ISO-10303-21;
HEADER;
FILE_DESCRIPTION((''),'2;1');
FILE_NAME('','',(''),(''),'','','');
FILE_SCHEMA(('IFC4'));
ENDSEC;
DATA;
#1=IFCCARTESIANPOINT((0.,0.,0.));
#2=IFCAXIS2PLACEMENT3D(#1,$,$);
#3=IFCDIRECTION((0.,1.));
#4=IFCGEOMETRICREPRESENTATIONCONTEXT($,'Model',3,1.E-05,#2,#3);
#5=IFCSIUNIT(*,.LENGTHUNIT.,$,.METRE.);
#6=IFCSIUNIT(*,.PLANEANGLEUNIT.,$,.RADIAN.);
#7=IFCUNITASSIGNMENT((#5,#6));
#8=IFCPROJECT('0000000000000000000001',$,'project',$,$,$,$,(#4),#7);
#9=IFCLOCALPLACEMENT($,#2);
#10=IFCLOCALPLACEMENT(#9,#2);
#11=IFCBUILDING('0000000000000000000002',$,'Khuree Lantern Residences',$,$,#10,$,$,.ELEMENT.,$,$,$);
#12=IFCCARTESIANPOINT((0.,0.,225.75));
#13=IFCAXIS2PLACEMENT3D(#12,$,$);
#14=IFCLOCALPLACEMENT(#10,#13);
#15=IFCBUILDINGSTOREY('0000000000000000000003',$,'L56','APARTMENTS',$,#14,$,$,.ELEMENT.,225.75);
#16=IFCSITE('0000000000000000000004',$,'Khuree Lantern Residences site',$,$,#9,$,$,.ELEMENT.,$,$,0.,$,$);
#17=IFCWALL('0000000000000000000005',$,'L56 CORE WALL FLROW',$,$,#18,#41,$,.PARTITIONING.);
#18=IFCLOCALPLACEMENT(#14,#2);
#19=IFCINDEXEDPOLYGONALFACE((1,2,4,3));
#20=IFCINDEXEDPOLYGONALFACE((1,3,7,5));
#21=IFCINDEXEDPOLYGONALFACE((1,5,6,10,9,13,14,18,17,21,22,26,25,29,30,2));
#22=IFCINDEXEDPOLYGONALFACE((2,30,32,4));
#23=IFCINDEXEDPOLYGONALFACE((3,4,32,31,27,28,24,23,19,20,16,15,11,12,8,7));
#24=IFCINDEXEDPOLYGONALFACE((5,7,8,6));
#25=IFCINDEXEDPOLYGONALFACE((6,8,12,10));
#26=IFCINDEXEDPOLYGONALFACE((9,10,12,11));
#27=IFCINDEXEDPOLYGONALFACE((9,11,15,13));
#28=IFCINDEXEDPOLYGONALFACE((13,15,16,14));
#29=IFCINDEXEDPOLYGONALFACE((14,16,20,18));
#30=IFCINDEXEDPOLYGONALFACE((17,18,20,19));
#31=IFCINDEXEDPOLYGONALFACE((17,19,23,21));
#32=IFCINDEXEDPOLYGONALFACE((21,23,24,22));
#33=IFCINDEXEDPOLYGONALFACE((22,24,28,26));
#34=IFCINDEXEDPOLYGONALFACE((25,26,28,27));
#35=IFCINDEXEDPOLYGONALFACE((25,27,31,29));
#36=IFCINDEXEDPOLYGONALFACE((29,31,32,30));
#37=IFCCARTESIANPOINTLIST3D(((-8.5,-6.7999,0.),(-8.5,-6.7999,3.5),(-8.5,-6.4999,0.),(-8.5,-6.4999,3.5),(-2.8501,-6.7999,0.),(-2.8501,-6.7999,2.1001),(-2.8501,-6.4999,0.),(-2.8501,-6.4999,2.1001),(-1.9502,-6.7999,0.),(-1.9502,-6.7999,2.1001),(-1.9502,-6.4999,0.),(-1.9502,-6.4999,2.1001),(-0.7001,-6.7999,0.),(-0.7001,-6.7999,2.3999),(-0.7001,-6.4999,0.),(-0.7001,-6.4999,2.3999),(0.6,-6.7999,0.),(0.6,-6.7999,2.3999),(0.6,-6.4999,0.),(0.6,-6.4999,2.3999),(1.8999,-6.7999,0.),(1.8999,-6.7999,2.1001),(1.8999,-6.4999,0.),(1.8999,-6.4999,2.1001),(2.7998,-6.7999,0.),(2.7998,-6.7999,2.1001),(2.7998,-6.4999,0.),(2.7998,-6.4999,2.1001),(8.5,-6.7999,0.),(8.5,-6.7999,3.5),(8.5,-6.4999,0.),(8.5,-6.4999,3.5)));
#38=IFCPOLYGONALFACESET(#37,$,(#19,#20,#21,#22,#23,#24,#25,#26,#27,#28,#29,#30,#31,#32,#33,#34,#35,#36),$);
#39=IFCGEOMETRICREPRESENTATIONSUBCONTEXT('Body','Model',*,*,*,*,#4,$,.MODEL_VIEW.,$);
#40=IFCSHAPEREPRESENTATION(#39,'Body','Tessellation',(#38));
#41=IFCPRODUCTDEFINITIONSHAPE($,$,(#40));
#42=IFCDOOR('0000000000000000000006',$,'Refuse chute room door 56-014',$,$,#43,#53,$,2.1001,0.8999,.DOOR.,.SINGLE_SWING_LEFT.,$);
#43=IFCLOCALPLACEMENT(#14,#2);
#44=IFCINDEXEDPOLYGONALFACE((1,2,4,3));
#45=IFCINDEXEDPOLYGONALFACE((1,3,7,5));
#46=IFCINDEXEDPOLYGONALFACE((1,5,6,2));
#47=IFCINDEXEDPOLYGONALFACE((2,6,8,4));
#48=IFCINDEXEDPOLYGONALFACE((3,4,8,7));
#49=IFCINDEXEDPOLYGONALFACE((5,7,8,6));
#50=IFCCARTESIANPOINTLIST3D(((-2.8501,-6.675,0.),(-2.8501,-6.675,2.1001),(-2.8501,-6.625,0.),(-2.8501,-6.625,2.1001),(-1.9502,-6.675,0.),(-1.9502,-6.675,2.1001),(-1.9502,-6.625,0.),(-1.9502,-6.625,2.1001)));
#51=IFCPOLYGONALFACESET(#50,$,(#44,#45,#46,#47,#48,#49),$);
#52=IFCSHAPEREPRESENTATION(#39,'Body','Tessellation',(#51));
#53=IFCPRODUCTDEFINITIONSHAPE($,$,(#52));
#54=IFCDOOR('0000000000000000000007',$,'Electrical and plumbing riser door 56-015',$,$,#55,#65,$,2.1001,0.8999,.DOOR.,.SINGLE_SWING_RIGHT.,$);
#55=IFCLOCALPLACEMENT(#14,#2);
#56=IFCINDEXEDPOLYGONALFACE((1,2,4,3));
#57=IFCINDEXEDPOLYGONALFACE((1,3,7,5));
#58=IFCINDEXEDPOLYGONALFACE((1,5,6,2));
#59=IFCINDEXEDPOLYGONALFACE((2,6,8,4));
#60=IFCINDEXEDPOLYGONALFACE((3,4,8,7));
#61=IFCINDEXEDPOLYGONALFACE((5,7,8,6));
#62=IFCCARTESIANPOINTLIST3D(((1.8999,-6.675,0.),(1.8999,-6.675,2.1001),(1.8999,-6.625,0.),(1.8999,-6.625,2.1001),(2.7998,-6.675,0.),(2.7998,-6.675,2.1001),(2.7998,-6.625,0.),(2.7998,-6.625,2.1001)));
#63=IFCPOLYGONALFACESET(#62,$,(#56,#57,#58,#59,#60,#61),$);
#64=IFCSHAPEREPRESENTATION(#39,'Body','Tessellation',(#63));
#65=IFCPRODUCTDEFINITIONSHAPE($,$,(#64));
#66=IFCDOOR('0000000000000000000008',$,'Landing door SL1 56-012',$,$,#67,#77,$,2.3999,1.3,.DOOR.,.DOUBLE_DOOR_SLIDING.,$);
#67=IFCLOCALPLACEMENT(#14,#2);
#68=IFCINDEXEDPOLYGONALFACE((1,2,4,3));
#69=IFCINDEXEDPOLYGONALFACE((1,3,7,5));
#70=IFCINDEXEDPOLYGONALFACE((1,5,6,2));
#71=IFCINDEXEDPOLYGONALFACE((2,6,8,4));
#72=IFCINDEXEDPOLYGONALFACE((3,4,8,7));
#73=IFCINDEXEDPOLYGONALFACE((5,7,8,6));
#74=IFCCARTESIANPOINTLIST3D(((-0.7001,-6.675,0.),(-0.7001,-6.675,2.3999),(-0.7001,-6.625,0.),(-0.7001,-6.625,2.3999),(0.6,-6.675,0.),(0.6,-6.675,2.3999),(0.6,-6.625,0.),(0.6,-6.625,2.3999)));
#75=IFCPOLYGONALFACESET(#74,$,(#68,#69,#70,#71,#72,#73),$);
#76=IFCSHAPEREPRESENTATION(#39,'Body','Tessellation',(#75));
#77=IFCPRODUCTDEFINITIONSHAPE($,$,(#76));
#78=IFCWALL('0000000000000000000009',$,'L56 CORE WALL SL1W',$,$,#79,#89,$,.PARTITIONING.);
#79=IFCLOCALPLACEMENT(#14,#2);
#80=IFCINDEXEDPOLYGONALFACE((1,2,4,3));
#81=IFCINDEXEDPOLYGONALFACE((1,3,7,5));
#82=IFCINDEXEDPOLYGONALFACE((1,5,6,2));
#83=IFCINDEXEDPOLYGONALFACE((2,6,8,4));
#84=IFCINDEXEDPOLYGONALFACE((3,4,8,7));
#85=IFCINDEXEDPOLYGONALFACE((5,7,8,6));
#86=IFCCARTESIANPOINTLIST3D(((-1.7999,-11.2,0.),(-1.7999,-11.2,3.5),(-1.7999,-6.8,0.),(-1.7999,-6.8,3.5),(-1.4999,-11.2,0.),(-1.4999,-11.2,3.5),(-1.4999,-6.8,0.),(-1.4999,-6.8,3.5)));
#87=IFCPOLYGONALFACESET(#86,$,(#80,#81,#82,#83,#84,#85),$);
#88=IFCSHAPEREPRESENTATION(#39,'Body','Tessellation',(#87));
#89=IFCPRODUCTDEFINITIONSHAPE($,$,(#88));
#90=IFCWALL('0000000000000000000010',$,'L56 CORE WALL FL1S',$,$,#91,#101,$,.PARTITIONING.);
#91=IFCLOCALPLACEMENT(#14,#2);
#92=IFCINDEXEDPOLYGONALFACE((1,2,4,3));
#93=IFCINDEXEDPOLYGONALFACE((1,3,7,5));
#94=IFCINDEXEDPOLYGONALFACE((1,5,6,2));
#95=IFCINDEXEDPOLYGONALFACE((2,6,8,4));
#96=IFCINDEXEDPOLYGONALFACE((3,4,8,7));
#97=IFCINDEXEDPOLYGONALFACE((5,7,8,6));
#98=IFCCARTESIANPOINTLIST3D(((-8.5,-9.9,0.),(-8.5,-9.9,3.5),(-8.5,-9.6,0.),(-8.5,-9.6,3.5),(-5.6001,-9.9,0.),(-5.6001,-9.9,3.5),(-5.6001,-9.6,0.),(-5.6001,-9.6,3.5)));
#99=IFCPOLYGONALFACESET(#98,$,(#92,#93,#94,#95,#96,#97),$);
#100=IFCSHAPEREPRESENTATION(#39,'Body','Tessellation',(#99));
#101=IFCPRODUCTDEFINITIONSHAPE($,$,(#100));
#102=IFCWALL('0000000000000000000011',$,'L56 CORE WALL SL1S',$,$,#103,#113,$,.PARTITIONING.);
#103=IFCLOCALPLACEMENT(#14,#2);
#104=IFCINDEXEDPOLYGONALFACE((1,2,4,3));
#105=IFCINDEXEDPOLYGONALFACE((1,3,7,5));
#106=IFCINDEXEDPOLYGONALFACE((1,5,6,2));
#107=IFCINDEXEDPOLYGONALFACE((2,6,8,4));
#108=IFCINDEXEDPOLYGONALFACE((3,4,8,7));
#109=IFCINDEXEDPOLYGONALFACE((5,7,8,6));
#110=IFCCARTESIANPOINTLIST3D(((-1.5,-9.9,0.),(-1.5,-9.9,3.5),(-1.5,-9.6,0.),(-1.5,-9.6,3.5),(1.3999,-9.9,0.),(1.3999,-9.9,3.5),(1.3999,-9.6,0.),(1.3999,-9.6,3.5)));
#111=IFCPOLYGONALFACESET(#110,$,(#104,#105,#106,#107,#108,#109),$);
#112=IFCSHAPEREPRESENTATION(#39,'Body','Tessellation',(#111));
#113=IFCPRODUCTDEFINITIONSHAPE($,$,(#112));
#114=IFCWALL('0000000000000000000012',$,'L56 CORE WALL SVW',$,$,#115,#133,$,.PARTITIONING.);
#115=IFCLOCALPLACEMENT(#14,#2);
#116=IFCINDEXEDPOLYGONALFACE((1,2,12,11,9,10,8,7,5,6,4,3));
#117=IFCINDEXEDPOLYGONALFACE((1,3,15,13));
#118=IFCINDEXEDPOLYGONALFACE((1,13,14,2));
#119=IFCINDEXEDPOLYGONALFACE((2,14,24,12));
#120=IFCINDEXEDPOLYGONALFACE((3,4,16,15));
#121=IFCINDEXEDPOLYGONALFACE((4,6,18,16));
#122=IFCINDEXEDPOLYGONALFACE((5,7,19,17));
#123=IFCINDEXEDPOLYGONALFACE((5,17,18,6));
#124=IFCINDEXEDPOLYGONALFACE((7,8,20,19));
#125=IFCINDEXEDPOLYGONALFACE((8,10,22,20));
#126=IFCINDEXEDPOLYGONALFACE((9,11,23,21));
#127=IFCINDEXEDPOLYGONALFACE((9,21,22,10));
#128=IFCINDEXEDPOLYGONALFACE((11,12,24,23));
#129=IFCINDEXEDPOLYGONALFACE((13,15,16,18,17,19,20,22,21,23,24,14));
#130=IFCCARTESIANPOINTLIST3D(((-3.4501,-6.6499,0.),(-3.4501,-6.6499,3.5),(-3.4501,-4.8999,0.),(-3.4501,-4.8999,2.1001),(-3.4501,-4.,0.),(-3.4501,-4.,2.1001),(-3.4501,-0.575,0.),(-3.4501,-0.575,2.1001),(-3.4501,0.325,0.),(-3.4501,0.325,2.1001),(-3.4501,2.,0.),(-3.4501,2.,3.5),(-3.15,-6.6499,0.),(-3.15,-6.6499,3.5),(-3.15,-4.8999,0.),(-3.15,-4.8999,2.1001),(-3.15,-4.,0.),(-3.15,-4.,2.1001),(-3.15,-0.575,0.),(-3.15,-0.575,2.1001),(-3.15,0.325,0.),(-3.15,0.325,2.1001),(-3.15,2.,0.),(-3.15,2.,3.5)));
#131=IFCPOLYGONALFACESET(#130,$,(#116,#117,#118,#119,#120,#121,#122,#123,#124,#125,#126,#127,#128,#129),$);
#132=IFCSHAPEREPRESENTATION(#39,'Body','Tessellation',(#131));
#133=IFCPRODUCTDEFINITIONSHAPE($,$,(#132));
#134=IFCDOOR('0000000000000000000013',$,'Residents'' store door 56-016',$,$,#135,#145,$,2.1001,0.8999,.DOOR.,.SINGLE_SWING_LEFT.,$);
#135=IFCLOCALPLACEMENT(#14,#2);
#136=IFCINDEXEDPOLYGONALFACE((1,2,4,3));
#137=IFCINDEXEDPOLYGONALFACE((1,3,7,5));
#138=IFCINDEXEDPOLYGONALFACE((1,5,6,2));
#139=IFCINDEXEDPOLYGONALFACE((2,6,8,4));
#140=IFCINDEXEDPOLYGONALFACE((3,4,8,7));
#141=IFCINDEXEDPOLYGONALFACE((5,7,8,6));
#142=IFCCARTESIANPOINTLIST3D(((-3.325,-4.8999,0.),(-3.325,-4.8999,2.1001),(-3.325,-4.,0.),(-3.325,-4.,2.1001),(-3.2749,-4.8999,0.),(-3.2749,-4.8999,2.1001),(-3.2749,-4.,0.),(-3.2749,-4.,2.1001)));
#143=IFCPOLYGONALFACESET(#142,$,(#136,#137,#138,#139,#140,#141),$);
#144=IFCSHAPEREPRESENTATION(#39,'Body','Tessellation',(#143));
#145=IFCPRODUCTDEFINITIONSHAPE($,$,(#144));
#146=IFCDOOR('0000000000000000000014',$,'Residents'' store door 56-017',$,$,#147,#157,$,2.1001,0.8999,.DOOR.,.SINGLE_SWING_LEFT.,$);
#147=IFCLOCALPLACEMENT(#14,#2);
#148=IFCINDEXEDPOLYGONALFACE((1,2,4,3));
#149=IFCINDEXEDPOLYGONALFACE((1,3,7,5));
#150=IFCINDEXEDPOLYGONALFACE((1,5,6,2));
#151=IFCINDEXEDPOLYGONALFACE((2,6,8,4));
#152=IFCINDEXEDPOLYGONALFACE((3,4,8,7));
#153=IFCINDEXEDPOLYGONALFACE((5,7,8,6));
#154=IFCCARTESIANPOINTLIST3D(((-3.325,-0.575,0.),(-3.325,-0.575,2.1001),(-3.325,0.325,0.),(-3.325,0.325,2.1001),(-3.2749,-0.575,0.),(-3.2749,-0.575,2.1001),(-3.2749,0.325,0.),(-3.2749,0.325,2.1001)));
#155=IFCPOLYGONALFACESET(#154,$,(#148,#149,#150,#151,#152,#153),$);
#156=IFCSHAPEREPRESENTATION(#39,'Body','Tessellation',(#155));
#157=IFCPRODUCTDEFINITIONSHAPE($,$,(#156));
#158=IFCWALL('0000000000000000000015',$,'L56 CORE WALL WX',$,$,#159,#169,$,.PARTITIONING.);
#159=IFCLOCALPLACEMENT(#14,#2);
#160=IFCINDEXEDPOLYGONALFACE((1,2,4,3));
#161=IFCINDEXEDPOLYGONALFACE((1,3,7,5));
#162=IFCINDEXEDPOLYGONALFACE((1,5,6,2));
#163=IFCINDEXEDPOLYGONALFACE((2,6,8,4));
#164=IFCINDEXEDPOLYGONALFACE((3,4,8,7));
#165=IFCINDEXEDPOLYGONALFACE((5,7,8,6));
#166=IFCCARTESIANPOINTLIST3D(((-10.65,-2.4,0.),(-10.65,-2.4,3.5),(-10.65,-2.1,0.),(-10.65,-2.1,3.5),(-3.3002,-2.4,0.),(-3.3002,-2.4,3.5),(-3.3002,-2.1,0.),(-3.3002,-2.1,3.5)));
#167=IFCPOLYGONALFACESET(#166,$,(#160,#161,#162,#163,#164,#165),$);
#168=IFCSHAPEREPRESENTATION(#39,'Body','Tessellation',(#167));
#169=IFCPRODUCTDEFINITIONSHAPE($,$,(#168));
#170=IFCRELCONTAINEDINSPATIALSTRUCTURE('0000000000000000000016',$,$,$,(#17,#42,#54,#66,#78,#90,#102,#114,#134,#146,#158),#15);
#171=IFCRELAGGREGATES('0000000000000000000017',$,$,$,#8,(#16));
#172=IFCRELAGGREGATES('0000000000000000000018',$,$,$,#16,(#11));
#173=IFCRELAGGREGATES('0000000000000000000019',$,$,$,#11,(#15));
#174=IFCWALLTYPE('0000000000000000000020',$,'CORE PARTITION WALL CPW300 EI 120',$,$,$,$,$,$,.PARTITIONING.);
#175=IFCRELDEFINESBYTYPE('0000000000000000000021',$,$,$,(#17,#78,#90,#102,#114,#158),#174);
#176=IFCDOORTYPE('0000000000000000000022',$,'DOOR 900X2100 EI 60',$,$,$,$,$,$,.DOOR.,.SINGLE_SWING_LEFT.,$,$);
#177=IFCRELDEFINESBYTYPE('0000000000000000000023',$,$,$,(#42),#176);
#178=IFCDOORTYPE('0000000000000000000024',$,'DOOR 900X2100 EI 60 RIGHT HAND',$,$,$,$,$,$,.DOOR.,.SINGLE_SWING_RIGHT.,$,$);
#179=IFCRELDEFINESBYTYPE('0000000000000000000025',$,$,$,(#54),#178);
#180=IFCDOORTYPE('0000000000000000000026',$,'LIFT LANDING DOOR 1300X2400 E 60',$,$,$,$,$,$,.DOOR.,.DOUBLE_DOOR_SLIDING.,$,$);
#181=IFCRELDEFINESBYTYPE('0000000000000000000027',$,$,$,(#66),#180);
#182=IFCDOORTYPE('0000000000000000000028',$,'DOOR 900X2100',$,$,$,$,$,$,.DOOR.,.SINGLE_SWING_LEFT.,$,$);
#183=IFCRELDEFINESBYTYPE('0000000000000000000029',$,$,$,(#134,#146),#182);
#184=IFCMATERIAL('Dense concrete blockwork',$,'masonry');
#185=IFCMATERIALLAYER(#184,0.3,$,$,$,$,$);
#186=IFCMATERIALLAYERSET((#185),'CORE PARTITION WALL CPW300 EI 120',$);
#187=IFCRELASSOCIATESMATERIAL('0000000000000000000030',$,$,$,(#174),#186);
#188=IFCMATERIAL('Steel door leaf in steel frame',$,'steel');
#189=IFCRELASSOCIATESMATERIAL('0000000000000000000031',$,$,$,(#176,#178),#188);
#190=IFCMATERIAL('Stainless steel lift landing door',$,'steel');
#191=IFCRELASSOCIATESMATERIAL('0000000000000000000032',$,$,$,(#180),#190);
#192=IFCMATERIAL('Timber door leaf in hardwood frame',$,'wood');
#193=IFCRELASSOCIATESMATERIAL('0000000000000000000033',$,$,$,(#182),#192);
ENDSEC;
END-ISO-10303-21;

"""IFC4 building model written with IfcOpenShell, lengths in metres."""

from ifc_helpers import new_model, si_unit, direction, frame, frame_2d, origin, place, context, subcontext, project, spatial, rectangle, extrude, material, layer, layer_set, type_object, element, fill, save


model = new_model("IFC4")

# Units and contexts
model_context = context("Model", 3, precision=1e-05, world=origin(), true_north=direction((0.0, 1.0)))
body_context = subcontext(model_context, "Body", "Model", "MODEL_VIEW")
ifc_project = project(units=[si_unit("LENGTHUNIT", "METRE"), si_unit("PLANEANGLEUNIT", "RADIAN")], contexts=[model_context])

# Site, building, storey
site_placement = place(None, origin())
site = spatial("IfcSite", under=ifc_project, at=site_placement, Name="Khuree Lantern Residences site", CompositionType="ELEMENT", RefElevation=0.0)
building_placement = place(site_placement, origin())
building = spatial("IfcBuilding", under=site, at=building_placement, Name="Khuree Lantern Residences", CompositionType="ELEMENT")
storey_placement = place(building_placement, frame((0.0, 0.0, 225.75)))
storey = spatial("IfcBuildingStorey", under=building, at=storey_placement, Name="L56", Description="APARTMENTS", CompositionType="ELEMENT", Elevation=225.75)

# Wall, openings, doors
ifc_material_1 = material(Name="Dense concrete blockwork", Category="masonry")
ifc_layer_1 = layer(ifc_material_1, 0.3)
ifc_layer_set_1 = layer_set([ifc_layer_1], Name="CORE PARTITION WALL CPW300 EI 120")
wall_type_1 = type_object("IfcWallType", Name="CORE PARTITION WALL CPW300 EI 120", PredefinedType="PARTITIONING", material=ifc_layer_set_1)
wall_1_placement = place(storey_placement, frame((-8.5, -6.6499, 0.0), z_axis=(0.0, 0.0, 1.0), x_axis=(1.0, 0.0, 0.0)))
wall_1 = element("IfcWall", 1, at=wall_1_placement, inside=storey, type_object=wall_type_1, Name="L56 CORE WALL FLROW", PredefinedType="PARTITIONING", context=body_context, shape_type="SweptSolid", body=[
    extrude(rectangle(XDim=17.0, YDim=0.3, at=frame_2d((8.5, 0.0))), origin(), (0.0, 0.0, 1.0), 3.5),
])
opening_1_placement = place(wall_1_placement, frame((7.8, 0.0, 0.0)))
opening_1 = element("IfcOpeningElement", 2, at=opening_1_placement, cuts=wall_1, PredefinedType="OPENING", context=body_context, shape_type="SweptSolid", body=[
    extrude(rectangle(XDim=1.3, YDim=2.3999, at=frame_2d((0.6499, 1.2))), frame((0.0, 0.1602, 0.0), z_axis=(0.0, -1.0, 0.0), x_axis=(1.0, 0.0, 0.0)), (0.0, 0.0, 1.0), 0.3201),
])
opening_2_placement = place(wall_1_placement, frame((5.6499, 0.0, 0.0)))
opening_2 = element("IfcOpeningElement", 3, at=opening_2_placement, cuts=wall_1, PredefinedType="OPENING", context=body_context, shape_type="SweptSolid", body=[
    extrude(rectangle(XDim=0.8999, YDim=2.1001, at=frame_2d((0.45, 1.05))), frame((0.0, 0.1602, 0.0), z_axis=(0.0, -1.0, 0.0), x_axis=(1.0, 0.0, 0.0)), (0.0, 0.0, 1.0), 0.3201),
])
opening_3_placement = place(wall_1_placement, frame((10.3999, 0.0, 0.0)))
opening_3 = element("IfcOpeningElement", 4, at=opening_3_placement, cuts=wall_1, PredefinedType="OPENING", context=body_context, shape_type="SweptSolid", body=[
    extrude(rectangle(XDim=0.8999, YDim=2.1001, at=frame_2d((0.45, 1.05))), frame((0.0, 0.1602, 0.0), z_axis=(0.0, -1.0, 0.0), x_axis=(1.0, 0.0, 0.0)), (0.0, 0.0, 1.0), 0.3201),
])
ifc_material_2 = material(Name="Steel door leaf in steel frame", Category="steel")
door_type_1 = type_object("IfcDoorType", Name="DOOR 900X2100 EI 60", OperationType="SINGLE_SWING_LEFT", PredefinedType="DOOR", material=ifc_material_2)
door_1_placement = place(opening_2_placement, origin())
door_1 = element("IfcDoor", 5, at=door_1_placement, inside=storey, type_object=door_type_1, Name="Refuse chute room door 56-014", OperationType="SINGLE_SWING_LEFT", OverallHeight=2.1001, OverallWidth=0.8999, PredefinedType="DOOR", context=body_context, shape_type="SweptSolid", body=[
    extrude(rectangle(XDim=0.8999, YDim=2.1001, at=frame_2d((0.45, 1.05))), frame((0.0, 0.0249, 0.0), z_axis=(0.0, -1.0, 0.0), x_axis=(1.0, 0.0, 0.0)), (0.0, 0.0, 1.0), 0.05),
])
fill(opening_2, door_1)
door_type_2 = type_object("IfcDoorType", Name="DOOR 900X2100 EI 60 RIGHT HAND", OperationType="SINGLE_SWING_RIGHT", PredefinedType="DOOR", material=ifc_material_2)
door_2_placement = place(opening_3_placement, origin())
door_2 = element("IfcDoor", 6, at=door_2_placement, inside=storey, type_object=door_type_2, Name="Electrical and plumbing riser door 56-015", OperationType="SINGLE_SWING_RIGHT", OverallHeight=2.1001, OverallWidth=0.8999, PredefinedType="DOOR", context=body_context, shape_type="SweptSolid", body=[
    extrude(rectangle(XDim=0.8999, YDim=2.1001, at=frame_2d((0.45, 1.05))), frame((0.0, 0.0249, 0.0), z_axis=(0.0, -1.0, 0.0), x_axis=(1.0, 0.0, 0.0)), (0.0, 0.0, 1.0), 0.05),
])
fill(opening_3, door_2)
ifc_material_3 = material(Name="Stainless steel lift landing door", Category="steel")
door_type_3 = type_object("IfcDoorType", Name="LIFT LANDING DOOR 1300X2400 E 60", OperationType="DOUBLE_DOOR_SLIDING", PredefinedType="DOOR", material=ifc_material_3)
door_3_placement = place(opening_1_placement, origin())
door_3 = element("IfcDoor", 7, at=door_3_placement, inside=storey, type_object=door_type_3, Name="Landing door SL1 56-012", OperationType="DOUBLE_DOOR_SLIDING", OverallHeight=2.3999, OverallWidth=1.3, PredefinedType="DOOR", context=body_context, shape_type="SweptSolid", body=[
    extrude(rectangle(XDim=1.3, YDim=2.3999, at=frame_2d((0.6499, 1.2))), frame((0.0, 0.0249, 0.0), z_axis=(0.0, -1.0, 0.0), x_axis=(1.0, 0.0, 0.0)), (0.0, 0.0, 1.0), 0.05),
])
fill(opening_1, door_3)

# Walls
wall_2_placement = place(storey_placement, frame((-1.6499, -11.2, 0.0), z_axis=(0.0, 0.0, 1.0), x_axis=(0.0, 1.0, 0.0)))
element("IfcWall", 8, at=wall_2_placement, inside=storey, type_object=wall_type_1, Name="L56 CORE WALL SL1W", PredefinedType="PARTITIONING", context=body_context, shape_type="SweptSolid", body=[
    extrude(rectangle(XDim=4.3999, YDim=0.3, at=frame_2d((2.2, 0.0))), origin(), (0.0, 0.0, 1.0), 3.5),
])
for number, where, z_axis, x_axis, name in (
    (9, (-8.5, -9.75, 0.0), (0.0, 0.0, 1.0), (1.0, 0.0, 0.0), "L56 CORE WALL FL1S"),
    (10, (-1.5, -9.75, 0.0), (0.0, 0.0, 1.0), (1.0, 0.0, 0.0), "L56 CORE WALL SL1S"),
):
    element("IfcWall", number, at=place(storey_placement, frame(where, z_axis=z_axis, x_axis=x_axis)), inside=storey, type_object=wall_type_1, Name=name, PredefinedType="PARTITIONING", context=body_context, shape_type="SweptSolid", body=[
        extrude(rectangle(XDim=2.8999, YDim=0.3, at=frame_2d((1.45, 0.0))), origin(), (0.0, 0.0, 1.0), 3.5),
    ])

# Wall, openings, doors
wall_3_placement = place(storey_placement, frame((-3.3, -6.6499, 0.0), z_axis=(0.0, 0.0, 1.0), x_axis=(0.0, 1.0, 0.0)))
wall_3 = element("IfcWall", 11, at=wall_3_placement, inside=storey, type_object=wall_type_1, Name="L56 CORE WALL SVW", PredefinedType="PARTITIONING", context=body_context, shape_type="SweptSolid", body=[
    extrude(rectangle(XDim=8.6499, YDim=0.3, at=frame_2d((4.325, 0.0))), origin(), (0.0, 0.0, 1.0), 3.5),
])
opening_4_placement = place(wall_3_placement, frame((1.75, 0.0, 0.0)))
opening_4 = element("IfcOpeningElement", 12, at=opening_4_placement, cuts=wall_3, PredefinedType="OPENING", context=body_context, shape_type="SweptSolid", body=[
    extrude(rectangle(XDim=0.8999, YDim=2.1001, at=frame_2d((0.45, 1.05))), frame((0.0, 0.1602, 0.0), z_axis=(0.0, -1.0, 0.0), x_axis=(1.0, 0.0, 0.0)), (0.0, 0.0, 1.0), 0.3201),
])
opening_5_placement = place(wall_3_placement, frame((6.075, 0.0, 0.0)))
opening_5 = element("IfcOpeningElement", 13, at=opening_5_placement, cuts=wall_3, PredefinedType="OPENING", context=body_context, shape_type="SweptSolid", body=[
    extrude(rectangle(XDim=0.8999, YDim=2.1001, at=frame_2d((0.45, 1.05))), frame((0.0, 0.1602, 0.0), z_axis=(0.0, -1.0, 0.0), x_axis=(1.0, 0.0, 0.0)), (0.0, 0.0, 1.0), 0.3201),
])
ifc_material_4 = material(Name="Timber door leaf in hardwood frame", Category="wood")
door_type_4 = type_object("IfcDoorType", Name="DOOR 900X2100", OperationType="SINGLE_SWING_LEFT", PredefinedType="DOOR", material=ifc_material_4)
door_4_placement = place(opening_4_placement, origin())
door_4 = element("IfcDoor", 14, at=door_4_placement, inside=storey, type_object=door_type_4, Name="Residents' store door 56-016", OperationType="SINGLE_SWING_LEFT", OverallHeight=2.1001, OverallWidth=0.8999, PredefinedType="DOOR", context=body_context, shape_type="SweptSolid", body=[
    extrude(rectangle(XDim=0.8999, YDim=2.1001, at=frame_2d((0.45, 1.05))), frame((0.0, 0.0249, 0.0), z_axis=(0.0, -1.0, 0.0), x_axis=(1.0, 0.0, 0.0)), (0.0, 0.0, 1.0), 0.05),
])
fill(opening_4, door_4)
door_5_placement = place(opening_5_placement, origin())
door_5 = element("IfcDoor", 15, at=door_5_placement, inside=storey, type_object=door_type_4, Name="Residents' store door 56-017", OperationType="SINGLE_SWING_LEFT", OverallHeight=2.1001, OverallWidth=0.8999, PredefinedType="DOOR", context=body_context, shape_type="SweptSolid", body=[
    extrude(rectangle(XDim=0.8999, YDim=2.1001, at=frame_2d((0.45, 1.05))), frame((0.0, 0.0249, 0.0), z_axis=(0.0, -1.0, 0.0), x_axis=(1.0, 0.0, 0.0)), (0.0, 0.0, 1.0), 0.05),
])
fill(opening_5, door_5)

# Wall
wall_4_placement = place(storey_placement, frame((-10.6499, -2.25, 0.0), z_axis=(0.0, 0.0, 1.0), x_axis=(1.0, 0.0, 0.0)))
element("IfcWall", 16, at=wall_4_placement, inside=storey, type_object=wall_type_1, Name="L56 CORE WALL WX", PredefinedType="PARTITIONING", context=body_context, shape_type="SweptSolid", body=[
    extrude(rectangle(XDim=7.3499, YDim=0.3, at=frame_2d((3.6748, 0.0))), origin(), (0.0, 0.0, 1.0), 3.5),
])

save(model, "model.ifc")
